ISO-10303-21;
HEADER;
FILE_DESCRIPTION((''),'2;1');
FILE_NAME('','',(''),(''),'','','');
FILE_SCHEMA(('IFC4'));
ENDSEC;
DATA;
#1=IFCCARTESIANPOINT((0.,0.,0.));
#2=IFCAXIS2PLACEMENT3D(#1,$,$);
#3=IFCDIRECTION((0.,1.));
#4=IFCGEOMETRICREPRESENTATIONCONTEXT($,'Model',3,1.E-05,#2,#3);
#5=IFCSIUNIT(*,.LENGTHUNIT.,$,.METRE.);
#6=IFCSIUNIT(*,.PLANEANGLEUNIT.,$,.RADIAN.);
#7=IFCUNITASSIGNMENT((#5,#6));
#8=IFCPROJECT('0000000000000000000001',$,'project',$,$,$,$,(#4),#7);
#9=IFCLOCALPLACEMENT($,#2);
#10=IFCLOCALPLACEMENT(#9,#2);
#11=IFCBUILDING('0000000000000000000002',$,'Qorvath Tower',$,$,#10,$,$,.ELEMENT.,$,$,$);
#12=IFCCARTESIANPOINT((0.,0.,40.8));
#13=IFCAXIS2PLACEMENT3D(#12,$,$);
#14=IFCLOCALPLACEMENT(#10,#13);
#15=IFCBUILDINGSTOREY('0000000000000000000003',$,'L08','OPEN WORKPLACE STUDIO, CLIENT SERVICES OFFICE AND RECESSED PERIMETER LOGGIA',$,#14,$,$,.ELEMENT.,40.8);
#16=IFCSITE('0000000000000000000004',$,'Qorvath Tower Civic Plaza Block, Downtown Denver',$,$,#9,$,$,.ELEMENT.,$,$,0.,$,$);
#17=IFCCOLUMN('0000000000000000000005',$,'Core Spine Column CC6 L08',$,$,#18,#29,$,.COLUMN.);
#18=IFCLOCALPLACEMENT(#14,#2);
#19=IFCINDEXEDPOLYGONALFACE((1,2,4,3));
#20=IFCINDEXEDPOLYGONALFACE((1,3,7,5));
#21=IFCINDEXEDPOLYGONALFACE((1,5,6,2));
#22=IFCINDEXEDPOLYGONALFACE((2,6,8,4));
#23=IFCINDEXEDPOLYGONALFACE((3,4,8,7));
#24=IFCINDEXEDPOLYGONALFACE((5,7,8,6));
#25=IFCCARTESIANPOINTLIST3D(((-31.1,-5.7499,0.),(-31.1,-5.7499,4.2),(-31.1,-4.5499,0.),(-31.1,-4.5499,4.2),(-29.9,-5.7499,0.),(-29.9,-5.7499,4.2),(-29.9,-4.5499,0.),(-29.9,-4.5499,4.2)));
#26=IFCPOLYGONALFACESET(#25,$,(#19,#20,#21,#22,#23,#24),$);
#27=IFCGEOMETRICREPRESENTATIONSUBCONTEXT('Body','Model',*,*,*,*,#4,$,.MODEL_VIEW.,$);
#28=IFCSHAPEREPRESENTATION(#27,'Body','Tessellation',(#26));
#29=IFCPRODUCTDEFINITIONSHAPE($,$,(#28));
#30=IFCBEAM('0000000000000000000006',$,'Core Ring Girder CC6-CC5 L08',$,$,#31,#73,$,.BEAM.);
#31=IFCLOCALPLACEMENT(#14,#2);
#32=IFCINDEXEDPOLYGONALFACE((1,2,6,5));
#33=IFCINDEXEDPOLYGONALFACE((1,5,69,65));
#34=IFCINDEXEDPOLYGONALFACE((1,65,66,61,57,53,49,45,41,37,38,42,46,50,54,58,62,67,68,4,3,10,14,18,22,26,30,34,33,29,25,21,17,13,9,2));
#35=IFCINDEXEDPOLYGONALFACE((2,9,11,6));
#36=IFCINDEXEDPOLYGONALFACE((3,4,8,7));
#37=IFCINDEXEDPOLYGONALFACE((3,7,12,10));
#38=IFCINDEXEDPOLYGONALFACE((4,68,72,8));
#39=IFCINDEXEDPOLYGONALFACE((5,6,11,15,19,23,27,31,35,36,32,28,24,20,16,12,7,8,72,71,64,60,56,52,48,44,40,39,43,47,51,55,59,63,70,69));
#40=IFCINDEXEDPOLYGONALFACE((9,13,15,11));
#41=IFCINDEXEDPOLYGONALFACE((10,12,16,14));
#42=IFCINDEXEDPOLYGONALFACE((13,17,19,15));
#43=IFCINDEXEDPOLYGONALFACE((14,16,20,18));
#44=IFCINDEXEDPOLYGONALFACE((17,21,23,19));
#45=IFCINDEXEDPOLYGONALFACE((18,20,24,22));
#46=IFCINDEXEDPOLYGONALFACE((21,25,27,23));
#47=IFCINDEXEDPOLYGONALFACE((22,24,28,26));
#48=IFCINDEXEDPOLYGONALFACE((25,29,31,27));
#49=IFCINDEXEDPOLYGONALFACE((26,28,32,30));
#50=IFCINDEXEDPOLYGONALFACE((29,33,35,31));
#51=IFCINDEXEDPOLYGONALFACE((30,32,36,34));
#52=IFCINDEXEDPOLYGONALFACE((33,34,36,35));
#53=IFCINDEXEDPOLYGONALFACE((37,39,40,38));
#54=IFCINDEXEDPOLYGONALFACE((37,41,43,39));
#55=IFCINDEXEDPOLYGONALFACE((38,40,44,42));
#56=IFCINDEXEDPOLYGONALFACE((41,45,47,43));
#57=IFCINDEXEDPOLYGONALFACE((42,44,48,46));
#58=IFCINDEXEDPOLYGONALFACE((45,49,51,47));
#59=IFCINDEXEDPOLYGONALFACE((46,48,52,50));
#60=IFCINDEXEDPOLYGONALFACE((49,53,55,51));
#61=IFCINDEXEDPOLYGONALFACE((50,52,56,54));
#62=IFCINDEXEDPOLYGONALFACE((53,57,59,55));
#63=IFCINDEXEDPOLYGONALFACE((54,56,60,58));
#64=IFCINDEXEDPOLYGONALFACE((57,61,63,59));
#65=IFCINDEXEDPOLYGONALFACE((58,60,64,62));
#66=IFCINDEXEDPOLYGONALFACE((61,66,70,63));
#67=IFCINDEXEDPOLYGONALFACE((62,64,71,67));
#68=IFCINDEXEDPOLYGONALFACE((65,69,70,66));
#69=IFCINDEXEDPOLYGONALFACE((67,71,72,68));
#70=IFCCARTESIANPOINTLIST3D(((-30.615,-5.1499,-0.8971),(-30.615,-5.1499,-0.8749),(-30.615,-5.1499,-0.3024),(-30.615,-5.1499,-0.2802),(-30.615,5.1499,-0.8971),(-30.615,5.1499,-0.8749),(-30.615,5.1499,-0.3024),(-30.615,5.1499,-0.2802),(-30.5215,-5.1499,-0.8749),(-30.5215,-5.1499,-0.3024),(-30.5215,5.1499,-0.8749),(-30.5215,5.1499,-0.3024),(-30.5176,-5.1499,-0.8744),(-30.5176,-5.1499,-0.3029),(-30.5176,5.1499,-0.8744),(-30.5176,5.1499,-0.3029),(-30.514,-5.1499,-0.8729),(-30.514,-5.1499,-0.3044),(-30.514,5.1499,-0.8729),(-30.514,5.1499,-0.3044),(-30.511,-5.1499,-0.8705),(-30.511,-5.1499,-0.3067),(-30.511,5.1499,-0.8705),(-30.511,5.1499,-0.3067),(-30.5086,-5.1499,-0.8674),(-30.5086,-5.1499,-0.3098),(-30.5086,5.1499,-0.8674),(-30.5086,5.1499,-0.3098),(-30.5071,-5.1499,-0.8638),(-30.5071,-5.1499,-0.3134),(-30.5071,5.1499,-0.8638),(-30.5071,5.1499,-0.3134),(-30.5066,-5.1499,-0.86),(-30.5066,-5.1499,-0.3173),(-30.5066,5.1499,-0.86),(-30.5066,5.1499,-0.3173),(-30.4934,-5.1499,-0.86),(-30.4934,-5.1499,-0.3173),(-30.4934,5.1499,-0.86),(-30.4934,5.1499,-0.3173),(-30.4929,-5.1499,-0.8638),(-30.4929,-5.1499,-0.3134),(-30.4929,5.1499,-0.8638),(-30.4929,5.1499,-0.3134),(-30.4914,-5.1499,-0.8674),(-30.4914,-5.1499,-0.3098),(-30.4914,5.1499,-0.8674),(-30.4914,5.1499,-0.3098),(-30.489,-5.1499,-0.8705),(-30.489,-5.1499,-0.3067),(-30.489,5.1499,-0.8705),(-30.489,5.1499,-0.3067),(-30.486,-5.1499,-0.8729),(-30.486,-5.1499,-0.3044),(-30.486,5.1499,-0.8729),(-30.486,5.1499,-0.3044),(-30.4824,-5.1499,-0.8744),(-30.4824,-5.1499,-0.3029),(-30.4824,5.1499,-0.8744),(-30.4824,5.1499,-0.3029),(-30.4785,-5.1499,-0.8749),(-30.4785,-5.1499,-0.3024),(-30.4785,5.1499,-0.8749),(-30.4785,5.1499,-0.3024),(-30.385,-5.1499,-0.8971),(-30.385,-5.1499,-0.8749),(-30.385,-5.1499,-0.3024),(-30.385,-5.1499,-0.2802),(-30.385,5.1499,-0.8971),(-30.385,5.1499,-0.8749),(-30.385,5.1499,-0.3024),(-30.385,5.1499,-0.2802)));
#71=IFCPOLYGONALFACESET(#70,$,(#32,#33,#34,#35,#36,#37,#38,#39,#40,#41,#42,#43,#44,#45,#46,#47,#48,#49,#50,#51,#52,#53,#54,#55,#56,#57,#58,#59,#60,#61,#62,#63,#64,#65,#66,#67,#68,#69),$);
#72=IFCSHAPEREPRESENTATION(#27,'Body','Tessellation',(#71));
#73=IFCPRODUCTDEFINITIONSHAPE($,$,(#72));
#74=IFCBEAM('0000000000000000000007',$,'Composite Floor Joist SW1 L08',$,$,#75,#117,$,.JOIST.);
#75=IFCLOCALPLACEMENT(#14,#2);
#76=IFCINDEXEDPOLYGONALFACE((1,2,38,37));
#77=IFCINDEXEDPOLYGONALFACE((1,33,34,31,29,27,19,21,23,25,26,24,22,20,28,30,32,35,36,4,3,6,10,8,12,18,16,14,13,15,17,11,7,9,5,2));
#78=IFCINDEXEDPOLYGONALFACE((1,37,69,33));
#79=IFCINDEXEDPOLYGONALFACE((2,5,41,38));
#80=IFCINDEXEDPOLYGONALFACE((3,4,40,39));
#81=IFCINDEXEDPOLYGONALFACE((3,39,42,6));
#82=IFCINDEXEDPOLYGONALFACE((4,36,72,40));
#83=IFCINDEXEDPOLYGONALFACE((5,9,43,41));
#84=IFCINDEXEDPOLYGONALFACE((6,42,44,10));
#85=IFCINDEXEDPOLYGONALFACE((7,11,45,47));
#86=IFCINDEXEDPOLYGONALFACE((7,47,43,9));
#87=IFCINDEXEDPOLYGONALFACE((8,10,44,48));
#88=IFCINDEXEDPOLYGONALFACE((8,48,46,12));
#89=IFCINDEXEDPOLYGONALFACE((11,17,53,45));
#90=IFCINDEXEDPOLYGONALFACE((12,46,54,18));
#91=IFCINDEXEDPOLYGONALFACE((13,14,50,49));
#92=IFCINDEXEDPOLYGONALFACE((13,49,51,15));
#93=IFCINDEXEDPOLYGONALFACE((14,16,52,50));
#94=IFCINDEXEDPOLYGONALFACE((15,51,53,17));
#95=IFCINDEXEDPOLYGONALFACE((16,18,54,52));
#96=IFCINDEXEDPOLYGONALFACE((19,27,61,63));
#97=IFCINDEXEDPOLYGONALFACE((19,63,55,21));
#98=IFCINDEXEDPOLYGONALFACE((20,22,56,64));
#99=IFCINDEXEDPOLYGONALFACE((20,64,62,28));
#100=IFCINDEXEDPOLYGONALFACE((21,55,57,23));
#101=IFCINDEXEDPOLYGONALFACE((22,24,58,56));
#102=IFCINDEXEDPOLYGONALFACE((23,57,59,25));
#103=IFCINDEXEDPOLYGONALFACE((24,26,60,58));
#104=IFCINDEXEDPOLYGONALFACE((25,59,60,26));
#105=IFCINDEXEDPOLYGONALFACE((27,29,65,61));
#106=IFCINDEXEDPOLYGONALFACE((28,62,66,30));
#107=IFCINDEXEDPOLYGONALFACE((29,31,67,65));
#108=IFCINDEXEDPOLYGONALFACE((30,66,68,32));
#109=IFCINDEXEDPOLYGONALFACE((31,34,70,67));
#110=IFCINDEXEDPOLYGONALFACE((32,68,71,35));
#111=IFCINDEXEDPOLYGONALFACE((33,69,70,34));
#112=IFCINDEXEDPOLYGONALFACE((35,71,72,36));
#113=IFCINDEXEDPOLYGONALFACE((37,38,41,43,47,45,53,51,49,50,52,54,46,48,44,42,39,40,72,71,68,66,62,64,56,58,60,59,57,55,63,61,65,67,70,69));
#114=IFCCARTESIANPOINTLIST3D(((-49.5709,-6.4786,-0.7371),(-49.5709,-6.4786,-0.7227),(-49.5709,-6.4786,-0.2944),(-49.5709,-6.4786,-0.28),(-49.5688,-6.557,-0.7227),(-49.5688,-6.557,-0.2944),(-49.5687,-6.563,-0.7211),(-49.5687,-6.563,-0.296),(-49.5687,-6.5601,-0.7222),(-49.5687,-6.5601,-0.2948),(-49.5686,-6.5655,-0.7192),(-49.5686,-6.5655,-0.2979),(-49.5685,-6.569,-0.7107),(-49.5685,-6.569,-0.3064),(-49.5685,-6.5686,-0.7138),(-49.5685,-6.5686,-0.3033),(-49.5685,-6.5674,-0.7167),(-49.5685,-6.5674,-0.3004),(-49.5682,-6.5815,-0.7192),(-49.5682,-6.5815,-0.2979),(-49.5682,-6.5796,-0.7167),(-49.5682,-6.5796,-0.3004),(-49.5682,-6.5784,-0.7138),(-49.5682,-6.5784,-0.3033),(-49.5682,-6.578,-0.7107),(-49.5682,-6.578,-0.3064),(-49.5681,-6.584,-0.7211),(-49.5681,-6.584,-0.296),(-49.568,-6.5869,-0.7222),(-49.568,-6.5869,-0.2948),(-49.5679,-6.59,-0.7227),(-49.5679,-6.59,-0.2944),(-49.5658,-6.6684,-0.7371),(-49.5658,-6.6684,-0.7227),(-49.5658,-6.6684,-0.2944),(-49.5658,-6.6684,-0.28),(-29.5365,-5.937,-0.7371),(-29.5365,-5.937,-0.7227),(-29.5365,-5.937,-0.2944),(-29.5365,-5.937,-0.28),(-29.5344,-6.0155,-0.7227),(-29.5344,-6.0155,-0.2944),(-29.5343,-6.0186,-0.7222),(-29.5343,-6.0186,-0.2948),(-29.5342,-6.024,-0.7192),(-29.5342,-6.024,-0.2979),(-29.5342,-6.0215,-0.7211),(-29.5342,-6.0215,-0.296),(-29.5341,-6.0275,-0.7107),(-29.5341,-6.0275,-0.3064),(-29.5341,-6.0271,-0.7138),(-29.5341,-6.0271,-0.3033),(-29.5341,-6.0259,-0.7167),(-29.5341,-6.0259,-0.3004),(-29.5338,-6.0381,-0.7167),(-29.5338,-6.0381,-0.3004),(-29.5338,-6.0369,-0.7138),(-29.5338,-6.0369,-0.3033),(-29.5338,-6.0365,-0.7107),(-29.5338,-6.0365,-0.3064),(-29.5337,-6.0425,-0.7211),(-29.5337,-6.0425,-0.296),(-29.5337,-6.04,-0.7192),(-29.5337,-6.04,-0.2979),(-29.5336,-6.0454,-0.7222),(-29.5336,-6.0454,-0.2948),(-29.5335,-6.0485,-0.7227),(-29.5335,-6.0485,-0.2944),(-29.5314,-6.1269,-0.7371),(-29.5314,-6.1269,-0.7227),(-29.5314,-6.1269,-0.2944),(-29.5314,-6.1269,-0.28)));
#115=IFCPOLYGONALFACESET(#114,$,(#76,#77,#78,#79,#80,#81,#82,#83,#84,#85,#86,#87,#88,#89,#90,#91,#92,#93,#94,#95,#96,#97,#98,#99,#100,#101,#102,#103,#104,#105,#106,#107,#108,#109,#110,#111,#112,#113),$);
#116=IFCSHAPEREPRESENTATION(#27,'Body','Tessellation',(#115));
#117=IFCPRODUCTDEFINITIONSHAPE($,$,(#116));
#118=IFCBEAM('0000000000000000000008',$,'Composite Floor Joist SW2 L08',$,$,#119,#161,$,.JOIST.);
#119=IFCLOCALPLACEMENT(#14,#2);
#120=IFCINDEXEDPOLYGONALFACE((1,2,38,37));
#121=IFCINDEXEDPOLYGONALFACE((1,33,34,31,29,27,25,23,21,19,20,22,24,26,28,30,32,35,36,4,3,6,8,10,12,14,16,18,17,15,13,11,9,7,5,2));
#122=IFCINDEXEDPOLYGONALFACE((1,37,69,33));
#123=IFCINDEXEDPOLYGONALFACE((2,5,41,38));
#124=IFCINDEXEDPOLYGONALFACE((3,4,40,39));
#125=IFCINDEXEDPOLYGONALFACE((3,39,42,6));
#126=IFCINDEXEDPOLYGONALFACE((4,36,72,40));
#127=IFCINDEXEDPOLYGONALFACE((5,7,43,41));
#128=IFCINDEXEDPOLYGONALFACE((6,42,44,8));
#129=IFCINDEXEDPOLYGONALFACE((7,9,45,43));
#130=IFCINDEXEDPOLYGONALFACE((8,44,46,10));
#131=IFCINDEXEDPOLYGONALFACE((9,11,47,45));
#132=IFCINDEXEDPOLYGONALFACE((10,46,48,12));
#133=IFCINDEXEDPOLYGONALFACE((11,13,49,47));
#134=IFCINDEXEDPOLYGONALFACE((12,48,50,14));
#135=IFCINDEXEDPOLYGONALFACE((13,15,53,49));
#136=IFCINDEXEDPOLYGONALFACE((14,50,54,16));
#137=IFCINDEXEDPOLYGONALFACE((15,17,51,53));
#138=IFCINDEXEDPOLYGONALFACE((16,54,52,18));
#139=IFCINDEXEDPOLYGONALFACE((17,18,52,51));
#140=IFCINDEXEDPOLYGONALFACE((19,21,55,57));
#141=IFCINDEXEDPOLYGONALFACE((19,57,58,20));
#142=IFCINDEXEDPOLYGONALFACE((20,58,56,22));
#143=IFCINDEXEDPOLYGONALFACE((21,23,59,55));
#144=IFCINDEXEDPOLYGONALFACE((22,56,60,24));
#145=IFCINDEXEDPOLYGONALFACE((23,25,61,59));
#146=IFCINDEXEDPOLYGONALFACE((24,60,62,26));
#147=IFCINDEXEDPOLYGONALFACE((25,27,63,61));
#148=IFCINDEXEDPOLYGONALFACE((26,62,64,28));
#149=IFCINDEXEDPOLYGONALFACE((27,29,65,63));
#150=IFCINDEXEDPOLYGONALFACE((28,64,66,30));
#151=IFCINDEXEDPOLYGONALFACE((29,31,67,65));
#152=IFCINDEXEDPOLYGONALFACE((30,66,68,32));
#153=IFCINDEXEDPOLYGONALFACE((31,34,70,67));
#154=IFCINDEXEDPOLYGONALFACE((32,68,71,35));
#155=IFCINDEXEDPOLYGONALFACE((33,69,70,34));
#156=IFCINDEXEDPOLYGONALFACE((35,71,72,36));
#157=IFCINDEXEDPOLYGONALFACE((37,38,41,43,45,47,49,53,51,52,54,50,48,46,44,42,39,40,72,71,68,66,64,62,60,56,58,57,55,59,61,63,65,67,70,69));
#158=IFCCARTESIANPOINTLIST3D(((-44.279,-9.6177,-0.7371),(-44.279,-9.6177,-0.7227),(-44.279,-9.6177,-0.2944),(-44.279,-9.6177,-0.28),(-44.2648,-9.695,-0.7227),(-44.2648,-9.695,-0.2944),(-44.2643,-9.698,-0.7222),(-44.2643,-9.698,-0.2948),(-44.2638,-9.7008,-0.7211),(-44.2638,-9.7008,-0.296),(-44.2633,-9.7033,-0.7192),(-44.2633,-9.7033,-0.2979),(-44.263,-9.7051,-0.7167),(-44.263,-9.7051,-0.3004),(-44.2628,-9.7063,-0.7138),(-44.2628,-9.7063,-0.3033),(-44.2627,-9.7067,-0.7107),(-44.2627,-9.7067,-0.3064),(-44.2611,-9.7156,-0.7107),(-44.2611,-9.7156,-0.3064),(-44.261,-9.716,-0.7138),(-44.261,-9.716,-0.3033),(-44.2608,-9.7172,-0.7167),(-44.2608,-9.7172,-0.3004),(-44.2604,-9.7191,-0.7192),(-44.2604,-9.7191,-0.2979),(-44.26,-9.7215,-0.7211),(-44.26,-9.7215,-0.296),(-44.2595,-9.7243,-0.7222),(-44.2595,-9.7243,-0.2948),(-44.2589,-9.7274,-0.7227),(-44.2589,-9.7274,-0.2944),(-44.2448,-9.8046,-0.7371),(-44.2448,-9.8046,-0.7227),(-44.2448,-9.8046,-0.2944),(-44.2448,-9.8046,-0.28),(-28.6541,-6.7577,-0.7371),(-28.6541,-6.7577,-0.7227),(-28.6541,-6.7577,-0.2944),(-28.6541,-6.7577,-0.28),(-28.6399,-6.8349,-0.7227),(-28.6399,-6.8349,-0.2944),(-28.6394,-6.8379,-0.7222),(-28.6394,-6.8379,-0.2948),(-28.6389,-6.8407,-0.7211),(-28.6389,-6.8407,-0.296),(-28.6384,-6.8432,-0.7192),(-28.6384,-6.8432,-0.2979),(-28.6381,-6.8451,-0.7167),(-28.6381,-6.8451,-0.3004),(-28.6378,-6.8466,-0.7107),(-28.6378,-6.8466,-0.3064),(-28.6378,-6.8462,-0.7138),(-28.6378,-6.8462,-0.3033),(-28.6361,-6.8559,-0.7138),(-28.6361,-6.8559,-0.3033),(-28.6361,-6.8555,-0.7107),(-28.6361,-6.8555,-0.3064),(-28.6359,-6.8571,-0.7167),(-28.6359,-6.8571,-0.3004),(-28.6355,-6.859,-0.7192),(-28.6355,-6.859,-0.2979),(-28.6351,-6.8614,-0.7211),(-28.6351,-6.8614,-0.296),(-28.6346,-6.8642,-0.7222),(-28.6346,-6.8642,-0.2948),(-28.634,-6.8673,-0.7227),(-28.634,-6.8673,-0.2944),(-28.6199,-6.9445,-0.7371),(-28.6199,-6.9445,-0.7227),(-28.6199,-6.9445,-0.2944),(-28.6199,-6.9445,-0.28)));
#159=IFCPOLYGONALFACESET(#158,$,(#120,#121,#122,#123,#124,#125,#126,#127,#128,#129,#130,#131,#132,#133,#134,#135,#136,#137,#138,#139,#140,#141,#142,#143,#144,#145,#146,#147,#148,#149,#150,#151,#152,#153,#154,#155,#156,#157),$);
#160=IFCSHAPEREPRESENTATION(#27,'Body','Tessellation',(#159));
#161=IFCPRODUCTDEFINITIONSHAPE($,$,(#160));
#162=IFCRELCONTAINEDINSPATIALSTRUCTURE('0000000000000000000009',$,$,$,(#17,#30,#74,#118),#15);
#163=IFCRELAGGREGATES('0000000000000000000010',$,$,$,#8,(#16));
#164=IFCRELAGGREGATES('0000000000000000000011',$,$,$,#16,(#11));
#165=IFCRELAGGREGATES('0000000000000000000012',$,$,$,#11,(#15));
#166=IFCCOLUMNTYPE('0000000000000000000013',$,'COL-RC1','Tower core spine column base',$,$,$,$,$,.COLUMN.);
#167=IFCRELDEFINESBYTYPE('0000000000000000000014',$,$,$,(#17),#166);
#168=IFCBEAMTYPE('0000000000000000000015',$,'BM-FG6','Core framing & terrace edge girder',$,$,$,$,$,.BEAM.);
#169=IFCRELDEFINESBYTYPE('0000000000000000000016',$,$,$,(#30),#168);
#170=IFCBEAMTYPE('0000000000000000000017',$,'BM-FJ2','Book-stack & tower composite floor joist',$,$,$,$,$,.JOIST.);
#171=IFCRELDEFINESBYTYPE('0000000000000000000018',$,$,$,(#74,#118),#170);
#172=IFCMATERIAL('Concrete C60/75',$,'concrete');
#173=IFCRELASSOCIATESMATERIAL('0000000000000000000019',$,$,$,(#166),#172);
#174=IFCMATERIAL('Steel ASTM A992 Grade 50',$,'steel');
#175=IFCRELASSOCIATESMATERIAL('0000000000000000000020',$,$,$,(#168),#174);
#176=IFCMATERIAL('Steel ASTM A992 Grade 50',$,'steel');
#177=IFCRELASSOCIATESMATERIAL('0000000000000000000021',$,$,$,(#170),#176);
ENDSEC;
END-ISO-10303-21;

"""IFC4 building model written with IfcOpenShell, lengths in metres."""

from ifc_helpers import new_model, si_unit, direction, frame, origin, origin_2d, place, context, subcontext, project, spatial, rectangle, i_section, extrude, material, material_profile, profile_set, type_object, element, save


model = new_model("IFC4")

# Units and contexts
model_context = context("Model", 3, precision=1e-05, world=origin(), true_north=direction((0.0, 1.0)))
body_context = subcontext(model_context, "Body", "Model", "MODEL_VIEW")
ifc_project = project(units=[si_unit("LENGTHUNIT", "METRE"), si_unit("PLANEANGLEUNIT", "RADIAN")], contexts=[model_context])

# Site, building, storey
site_placement = place(None, origin())
site = spatial("IfcSite", under=ifc_project, at=site_placement, Name="Qorvath Tower Civic Plaza Block, Downtown Denver", CompositionType="ELEMENT", RefElevation=0.0)
building_placement = place(site_placement, origin())
building = spatial("IfcBuilding", under=site, at=building_placement, Name="Qorvath Tower", CompositionType="ELEMENT")
storey_placement = place(building_placement, frame((0.0, 0.0, 40.8)))
storey = spatial("IfcBuildingStorey", under=building, at=storey_placement, Name="L08", Description="OPEN WORKPLACE STUDIO, CLIENT SERVICES OFFICE AND RECESSED PERIMETER LOGGIA", CompositionType="ELEMENT", Elevation=40.8)

# Column
ifc_material_1 = material(Name="Concrete C60/75", Category="concrete")
ifc_material_profile_1 = material_profile(ifc_material_1, rectangle(XDim=1.2, YDim=1.2, at=origin_2d()), Name="RC 1200x1200")
ifc_profile_set_1 = profile_set([ifc_material_profile_1], Name="Concrete C60/75")
column_type = type_object("IfcColumnType", Name="COL-RC1", Description="Tower core spine column base", PredefinedType="COLUMN", material=ifc_profile_set_1)
column_placement = place(storey_placement, frame((-30.5, -5.1499, 0.0), z_axis=(0.0, 0.0, 1.0), x_axis=(1.0, 0.0, 0.0)))
element("IfcColumn", 1, at=column_placement, inside=storey, type_object=column_type, Name="Core Spine Column CC6 L08", PredefinedType="COLUMN", context=body_context, shape_type="SweptSolid", body=[
    extrude(rectangle(XDim=1.2, YDim=1.2, at=origin_2d()), origin(), (0.0, 0.0, 1.0), 4.2),
])

# Beams
ifc_material_2 = material(Name="Steel ASTM A992 Grade 50", Category="steel")
ifc_material_profile_2 = material_profile(ifc_material_2, i_section(OverallWidth=0.23, OverallDepth=0.6169, WebThickness=0.0132, FlangeThickness=0.0222, FilletRadius=0.0149, at=origin_2d()), Name="W24x94")
ifc_profile_set_2 = profile_set([ifc_material_profile_2], Name="Steel ASTM A992 Grade 50")
beam_type_1 = type_object("IfcBeamType", Name="BM-FG6", Description="Core framing & terrace edge girder", PredefinedType="BEAM", material=ifc_profile_set_2)
beam_1_placement = place(storey_placement, frame((-30.5, -5.1499, -0.5886), z_axis=(0.0, 1.0, 0.0), x_axis=(-1.0, 0.0, 0.0)))
element("IfcBeam", 2, at=beam_1_placement, inside=storey, type_object=beam_type_1, Name="Core Ring Girder CC6-CC5 L08", PredefinedType="BEAM", context=body_context, shape_type="SweptSolid", body=[
    extrude(i_section(OverallWidth=0.23, OverallDepth=0.6169, WebThickness=0.0132, FlangeThickness=0.0222, FilletRadius=0.0149, at=origin_2d()), origin(), (0.0, 0.0, 1.0), 10.2998),
])
ifc_material_3 = material(Name="Steel ASTM A992 Grade 50", Category="steel")
ifc_material_profile_3 = material_profile(ifc_material_3, i_section(OverallWidth=0.1899, OverallDepth=0.457, WebThickness=0.009, FlangeThickness=0.0144, FilletRadius=0.012, at=origin_2d()), Name="W18x50")
ifc_profile_set_3 = profile_set([ifc_material_profile_3], Name="Steel ASTM A992 Grade 50")
beam_type_2 = type_object("IfcBeamType", Name="BM-FJ2", Description="Book-stack & tower composite floor joist", PredefinedType="JOIST", material=ifc_profile_set_3)
beam_2_placement = place(storey_placement, frame((-29.5339, -6.032, -0.5085), z_axis=(-0.999635, -0.027019, 0.0), x_axis=(0.027019, -0.999635, 0.0)))
element("IfcBeam", 3, at=beam_2_placement, inside=storey, type_object=beam_type_2, Name="Composite Floor Joist SW1 L08", PredefinedType="JOIST", context=body_context, shape_type="SweptSolid", body=[
    extrude(i_section(OverallWidth=0.1899, OverallDepth=0.457, WebThickness=0.009, FlangeThickness=0.0144, FilletRadius=0.012, at=origin_2d()), origin(), (0.0, 0.0, 1.0), 20.0417),
])
beam_3_placement = place(storey_placement, frame((-28.637, -6.8511, -0.5085), z_axis=(-0.983656, -0.180055, 0.0), x_axis=(0.180055, -0.983656, 0.0)))
element("IfcBeam", 4, at=beam_3_placement, inside=storey, type_object=beam_type_2, Name="Composite Floor Joist SW2 L08", PredefinedType="JOIST", context=body_context, shape_type="SweptSolid", body=[
    extrude(i_section(OverallWidth=0.1899, OverallDepth=0.457, WebThickness=0.009, FlangeThickness=0.0144, FilletRadius=0.012, at=origin_2d()), origin(), (0.0, 0.0, 1.0), 15.8845),
])

save(model, "model.ifc")
